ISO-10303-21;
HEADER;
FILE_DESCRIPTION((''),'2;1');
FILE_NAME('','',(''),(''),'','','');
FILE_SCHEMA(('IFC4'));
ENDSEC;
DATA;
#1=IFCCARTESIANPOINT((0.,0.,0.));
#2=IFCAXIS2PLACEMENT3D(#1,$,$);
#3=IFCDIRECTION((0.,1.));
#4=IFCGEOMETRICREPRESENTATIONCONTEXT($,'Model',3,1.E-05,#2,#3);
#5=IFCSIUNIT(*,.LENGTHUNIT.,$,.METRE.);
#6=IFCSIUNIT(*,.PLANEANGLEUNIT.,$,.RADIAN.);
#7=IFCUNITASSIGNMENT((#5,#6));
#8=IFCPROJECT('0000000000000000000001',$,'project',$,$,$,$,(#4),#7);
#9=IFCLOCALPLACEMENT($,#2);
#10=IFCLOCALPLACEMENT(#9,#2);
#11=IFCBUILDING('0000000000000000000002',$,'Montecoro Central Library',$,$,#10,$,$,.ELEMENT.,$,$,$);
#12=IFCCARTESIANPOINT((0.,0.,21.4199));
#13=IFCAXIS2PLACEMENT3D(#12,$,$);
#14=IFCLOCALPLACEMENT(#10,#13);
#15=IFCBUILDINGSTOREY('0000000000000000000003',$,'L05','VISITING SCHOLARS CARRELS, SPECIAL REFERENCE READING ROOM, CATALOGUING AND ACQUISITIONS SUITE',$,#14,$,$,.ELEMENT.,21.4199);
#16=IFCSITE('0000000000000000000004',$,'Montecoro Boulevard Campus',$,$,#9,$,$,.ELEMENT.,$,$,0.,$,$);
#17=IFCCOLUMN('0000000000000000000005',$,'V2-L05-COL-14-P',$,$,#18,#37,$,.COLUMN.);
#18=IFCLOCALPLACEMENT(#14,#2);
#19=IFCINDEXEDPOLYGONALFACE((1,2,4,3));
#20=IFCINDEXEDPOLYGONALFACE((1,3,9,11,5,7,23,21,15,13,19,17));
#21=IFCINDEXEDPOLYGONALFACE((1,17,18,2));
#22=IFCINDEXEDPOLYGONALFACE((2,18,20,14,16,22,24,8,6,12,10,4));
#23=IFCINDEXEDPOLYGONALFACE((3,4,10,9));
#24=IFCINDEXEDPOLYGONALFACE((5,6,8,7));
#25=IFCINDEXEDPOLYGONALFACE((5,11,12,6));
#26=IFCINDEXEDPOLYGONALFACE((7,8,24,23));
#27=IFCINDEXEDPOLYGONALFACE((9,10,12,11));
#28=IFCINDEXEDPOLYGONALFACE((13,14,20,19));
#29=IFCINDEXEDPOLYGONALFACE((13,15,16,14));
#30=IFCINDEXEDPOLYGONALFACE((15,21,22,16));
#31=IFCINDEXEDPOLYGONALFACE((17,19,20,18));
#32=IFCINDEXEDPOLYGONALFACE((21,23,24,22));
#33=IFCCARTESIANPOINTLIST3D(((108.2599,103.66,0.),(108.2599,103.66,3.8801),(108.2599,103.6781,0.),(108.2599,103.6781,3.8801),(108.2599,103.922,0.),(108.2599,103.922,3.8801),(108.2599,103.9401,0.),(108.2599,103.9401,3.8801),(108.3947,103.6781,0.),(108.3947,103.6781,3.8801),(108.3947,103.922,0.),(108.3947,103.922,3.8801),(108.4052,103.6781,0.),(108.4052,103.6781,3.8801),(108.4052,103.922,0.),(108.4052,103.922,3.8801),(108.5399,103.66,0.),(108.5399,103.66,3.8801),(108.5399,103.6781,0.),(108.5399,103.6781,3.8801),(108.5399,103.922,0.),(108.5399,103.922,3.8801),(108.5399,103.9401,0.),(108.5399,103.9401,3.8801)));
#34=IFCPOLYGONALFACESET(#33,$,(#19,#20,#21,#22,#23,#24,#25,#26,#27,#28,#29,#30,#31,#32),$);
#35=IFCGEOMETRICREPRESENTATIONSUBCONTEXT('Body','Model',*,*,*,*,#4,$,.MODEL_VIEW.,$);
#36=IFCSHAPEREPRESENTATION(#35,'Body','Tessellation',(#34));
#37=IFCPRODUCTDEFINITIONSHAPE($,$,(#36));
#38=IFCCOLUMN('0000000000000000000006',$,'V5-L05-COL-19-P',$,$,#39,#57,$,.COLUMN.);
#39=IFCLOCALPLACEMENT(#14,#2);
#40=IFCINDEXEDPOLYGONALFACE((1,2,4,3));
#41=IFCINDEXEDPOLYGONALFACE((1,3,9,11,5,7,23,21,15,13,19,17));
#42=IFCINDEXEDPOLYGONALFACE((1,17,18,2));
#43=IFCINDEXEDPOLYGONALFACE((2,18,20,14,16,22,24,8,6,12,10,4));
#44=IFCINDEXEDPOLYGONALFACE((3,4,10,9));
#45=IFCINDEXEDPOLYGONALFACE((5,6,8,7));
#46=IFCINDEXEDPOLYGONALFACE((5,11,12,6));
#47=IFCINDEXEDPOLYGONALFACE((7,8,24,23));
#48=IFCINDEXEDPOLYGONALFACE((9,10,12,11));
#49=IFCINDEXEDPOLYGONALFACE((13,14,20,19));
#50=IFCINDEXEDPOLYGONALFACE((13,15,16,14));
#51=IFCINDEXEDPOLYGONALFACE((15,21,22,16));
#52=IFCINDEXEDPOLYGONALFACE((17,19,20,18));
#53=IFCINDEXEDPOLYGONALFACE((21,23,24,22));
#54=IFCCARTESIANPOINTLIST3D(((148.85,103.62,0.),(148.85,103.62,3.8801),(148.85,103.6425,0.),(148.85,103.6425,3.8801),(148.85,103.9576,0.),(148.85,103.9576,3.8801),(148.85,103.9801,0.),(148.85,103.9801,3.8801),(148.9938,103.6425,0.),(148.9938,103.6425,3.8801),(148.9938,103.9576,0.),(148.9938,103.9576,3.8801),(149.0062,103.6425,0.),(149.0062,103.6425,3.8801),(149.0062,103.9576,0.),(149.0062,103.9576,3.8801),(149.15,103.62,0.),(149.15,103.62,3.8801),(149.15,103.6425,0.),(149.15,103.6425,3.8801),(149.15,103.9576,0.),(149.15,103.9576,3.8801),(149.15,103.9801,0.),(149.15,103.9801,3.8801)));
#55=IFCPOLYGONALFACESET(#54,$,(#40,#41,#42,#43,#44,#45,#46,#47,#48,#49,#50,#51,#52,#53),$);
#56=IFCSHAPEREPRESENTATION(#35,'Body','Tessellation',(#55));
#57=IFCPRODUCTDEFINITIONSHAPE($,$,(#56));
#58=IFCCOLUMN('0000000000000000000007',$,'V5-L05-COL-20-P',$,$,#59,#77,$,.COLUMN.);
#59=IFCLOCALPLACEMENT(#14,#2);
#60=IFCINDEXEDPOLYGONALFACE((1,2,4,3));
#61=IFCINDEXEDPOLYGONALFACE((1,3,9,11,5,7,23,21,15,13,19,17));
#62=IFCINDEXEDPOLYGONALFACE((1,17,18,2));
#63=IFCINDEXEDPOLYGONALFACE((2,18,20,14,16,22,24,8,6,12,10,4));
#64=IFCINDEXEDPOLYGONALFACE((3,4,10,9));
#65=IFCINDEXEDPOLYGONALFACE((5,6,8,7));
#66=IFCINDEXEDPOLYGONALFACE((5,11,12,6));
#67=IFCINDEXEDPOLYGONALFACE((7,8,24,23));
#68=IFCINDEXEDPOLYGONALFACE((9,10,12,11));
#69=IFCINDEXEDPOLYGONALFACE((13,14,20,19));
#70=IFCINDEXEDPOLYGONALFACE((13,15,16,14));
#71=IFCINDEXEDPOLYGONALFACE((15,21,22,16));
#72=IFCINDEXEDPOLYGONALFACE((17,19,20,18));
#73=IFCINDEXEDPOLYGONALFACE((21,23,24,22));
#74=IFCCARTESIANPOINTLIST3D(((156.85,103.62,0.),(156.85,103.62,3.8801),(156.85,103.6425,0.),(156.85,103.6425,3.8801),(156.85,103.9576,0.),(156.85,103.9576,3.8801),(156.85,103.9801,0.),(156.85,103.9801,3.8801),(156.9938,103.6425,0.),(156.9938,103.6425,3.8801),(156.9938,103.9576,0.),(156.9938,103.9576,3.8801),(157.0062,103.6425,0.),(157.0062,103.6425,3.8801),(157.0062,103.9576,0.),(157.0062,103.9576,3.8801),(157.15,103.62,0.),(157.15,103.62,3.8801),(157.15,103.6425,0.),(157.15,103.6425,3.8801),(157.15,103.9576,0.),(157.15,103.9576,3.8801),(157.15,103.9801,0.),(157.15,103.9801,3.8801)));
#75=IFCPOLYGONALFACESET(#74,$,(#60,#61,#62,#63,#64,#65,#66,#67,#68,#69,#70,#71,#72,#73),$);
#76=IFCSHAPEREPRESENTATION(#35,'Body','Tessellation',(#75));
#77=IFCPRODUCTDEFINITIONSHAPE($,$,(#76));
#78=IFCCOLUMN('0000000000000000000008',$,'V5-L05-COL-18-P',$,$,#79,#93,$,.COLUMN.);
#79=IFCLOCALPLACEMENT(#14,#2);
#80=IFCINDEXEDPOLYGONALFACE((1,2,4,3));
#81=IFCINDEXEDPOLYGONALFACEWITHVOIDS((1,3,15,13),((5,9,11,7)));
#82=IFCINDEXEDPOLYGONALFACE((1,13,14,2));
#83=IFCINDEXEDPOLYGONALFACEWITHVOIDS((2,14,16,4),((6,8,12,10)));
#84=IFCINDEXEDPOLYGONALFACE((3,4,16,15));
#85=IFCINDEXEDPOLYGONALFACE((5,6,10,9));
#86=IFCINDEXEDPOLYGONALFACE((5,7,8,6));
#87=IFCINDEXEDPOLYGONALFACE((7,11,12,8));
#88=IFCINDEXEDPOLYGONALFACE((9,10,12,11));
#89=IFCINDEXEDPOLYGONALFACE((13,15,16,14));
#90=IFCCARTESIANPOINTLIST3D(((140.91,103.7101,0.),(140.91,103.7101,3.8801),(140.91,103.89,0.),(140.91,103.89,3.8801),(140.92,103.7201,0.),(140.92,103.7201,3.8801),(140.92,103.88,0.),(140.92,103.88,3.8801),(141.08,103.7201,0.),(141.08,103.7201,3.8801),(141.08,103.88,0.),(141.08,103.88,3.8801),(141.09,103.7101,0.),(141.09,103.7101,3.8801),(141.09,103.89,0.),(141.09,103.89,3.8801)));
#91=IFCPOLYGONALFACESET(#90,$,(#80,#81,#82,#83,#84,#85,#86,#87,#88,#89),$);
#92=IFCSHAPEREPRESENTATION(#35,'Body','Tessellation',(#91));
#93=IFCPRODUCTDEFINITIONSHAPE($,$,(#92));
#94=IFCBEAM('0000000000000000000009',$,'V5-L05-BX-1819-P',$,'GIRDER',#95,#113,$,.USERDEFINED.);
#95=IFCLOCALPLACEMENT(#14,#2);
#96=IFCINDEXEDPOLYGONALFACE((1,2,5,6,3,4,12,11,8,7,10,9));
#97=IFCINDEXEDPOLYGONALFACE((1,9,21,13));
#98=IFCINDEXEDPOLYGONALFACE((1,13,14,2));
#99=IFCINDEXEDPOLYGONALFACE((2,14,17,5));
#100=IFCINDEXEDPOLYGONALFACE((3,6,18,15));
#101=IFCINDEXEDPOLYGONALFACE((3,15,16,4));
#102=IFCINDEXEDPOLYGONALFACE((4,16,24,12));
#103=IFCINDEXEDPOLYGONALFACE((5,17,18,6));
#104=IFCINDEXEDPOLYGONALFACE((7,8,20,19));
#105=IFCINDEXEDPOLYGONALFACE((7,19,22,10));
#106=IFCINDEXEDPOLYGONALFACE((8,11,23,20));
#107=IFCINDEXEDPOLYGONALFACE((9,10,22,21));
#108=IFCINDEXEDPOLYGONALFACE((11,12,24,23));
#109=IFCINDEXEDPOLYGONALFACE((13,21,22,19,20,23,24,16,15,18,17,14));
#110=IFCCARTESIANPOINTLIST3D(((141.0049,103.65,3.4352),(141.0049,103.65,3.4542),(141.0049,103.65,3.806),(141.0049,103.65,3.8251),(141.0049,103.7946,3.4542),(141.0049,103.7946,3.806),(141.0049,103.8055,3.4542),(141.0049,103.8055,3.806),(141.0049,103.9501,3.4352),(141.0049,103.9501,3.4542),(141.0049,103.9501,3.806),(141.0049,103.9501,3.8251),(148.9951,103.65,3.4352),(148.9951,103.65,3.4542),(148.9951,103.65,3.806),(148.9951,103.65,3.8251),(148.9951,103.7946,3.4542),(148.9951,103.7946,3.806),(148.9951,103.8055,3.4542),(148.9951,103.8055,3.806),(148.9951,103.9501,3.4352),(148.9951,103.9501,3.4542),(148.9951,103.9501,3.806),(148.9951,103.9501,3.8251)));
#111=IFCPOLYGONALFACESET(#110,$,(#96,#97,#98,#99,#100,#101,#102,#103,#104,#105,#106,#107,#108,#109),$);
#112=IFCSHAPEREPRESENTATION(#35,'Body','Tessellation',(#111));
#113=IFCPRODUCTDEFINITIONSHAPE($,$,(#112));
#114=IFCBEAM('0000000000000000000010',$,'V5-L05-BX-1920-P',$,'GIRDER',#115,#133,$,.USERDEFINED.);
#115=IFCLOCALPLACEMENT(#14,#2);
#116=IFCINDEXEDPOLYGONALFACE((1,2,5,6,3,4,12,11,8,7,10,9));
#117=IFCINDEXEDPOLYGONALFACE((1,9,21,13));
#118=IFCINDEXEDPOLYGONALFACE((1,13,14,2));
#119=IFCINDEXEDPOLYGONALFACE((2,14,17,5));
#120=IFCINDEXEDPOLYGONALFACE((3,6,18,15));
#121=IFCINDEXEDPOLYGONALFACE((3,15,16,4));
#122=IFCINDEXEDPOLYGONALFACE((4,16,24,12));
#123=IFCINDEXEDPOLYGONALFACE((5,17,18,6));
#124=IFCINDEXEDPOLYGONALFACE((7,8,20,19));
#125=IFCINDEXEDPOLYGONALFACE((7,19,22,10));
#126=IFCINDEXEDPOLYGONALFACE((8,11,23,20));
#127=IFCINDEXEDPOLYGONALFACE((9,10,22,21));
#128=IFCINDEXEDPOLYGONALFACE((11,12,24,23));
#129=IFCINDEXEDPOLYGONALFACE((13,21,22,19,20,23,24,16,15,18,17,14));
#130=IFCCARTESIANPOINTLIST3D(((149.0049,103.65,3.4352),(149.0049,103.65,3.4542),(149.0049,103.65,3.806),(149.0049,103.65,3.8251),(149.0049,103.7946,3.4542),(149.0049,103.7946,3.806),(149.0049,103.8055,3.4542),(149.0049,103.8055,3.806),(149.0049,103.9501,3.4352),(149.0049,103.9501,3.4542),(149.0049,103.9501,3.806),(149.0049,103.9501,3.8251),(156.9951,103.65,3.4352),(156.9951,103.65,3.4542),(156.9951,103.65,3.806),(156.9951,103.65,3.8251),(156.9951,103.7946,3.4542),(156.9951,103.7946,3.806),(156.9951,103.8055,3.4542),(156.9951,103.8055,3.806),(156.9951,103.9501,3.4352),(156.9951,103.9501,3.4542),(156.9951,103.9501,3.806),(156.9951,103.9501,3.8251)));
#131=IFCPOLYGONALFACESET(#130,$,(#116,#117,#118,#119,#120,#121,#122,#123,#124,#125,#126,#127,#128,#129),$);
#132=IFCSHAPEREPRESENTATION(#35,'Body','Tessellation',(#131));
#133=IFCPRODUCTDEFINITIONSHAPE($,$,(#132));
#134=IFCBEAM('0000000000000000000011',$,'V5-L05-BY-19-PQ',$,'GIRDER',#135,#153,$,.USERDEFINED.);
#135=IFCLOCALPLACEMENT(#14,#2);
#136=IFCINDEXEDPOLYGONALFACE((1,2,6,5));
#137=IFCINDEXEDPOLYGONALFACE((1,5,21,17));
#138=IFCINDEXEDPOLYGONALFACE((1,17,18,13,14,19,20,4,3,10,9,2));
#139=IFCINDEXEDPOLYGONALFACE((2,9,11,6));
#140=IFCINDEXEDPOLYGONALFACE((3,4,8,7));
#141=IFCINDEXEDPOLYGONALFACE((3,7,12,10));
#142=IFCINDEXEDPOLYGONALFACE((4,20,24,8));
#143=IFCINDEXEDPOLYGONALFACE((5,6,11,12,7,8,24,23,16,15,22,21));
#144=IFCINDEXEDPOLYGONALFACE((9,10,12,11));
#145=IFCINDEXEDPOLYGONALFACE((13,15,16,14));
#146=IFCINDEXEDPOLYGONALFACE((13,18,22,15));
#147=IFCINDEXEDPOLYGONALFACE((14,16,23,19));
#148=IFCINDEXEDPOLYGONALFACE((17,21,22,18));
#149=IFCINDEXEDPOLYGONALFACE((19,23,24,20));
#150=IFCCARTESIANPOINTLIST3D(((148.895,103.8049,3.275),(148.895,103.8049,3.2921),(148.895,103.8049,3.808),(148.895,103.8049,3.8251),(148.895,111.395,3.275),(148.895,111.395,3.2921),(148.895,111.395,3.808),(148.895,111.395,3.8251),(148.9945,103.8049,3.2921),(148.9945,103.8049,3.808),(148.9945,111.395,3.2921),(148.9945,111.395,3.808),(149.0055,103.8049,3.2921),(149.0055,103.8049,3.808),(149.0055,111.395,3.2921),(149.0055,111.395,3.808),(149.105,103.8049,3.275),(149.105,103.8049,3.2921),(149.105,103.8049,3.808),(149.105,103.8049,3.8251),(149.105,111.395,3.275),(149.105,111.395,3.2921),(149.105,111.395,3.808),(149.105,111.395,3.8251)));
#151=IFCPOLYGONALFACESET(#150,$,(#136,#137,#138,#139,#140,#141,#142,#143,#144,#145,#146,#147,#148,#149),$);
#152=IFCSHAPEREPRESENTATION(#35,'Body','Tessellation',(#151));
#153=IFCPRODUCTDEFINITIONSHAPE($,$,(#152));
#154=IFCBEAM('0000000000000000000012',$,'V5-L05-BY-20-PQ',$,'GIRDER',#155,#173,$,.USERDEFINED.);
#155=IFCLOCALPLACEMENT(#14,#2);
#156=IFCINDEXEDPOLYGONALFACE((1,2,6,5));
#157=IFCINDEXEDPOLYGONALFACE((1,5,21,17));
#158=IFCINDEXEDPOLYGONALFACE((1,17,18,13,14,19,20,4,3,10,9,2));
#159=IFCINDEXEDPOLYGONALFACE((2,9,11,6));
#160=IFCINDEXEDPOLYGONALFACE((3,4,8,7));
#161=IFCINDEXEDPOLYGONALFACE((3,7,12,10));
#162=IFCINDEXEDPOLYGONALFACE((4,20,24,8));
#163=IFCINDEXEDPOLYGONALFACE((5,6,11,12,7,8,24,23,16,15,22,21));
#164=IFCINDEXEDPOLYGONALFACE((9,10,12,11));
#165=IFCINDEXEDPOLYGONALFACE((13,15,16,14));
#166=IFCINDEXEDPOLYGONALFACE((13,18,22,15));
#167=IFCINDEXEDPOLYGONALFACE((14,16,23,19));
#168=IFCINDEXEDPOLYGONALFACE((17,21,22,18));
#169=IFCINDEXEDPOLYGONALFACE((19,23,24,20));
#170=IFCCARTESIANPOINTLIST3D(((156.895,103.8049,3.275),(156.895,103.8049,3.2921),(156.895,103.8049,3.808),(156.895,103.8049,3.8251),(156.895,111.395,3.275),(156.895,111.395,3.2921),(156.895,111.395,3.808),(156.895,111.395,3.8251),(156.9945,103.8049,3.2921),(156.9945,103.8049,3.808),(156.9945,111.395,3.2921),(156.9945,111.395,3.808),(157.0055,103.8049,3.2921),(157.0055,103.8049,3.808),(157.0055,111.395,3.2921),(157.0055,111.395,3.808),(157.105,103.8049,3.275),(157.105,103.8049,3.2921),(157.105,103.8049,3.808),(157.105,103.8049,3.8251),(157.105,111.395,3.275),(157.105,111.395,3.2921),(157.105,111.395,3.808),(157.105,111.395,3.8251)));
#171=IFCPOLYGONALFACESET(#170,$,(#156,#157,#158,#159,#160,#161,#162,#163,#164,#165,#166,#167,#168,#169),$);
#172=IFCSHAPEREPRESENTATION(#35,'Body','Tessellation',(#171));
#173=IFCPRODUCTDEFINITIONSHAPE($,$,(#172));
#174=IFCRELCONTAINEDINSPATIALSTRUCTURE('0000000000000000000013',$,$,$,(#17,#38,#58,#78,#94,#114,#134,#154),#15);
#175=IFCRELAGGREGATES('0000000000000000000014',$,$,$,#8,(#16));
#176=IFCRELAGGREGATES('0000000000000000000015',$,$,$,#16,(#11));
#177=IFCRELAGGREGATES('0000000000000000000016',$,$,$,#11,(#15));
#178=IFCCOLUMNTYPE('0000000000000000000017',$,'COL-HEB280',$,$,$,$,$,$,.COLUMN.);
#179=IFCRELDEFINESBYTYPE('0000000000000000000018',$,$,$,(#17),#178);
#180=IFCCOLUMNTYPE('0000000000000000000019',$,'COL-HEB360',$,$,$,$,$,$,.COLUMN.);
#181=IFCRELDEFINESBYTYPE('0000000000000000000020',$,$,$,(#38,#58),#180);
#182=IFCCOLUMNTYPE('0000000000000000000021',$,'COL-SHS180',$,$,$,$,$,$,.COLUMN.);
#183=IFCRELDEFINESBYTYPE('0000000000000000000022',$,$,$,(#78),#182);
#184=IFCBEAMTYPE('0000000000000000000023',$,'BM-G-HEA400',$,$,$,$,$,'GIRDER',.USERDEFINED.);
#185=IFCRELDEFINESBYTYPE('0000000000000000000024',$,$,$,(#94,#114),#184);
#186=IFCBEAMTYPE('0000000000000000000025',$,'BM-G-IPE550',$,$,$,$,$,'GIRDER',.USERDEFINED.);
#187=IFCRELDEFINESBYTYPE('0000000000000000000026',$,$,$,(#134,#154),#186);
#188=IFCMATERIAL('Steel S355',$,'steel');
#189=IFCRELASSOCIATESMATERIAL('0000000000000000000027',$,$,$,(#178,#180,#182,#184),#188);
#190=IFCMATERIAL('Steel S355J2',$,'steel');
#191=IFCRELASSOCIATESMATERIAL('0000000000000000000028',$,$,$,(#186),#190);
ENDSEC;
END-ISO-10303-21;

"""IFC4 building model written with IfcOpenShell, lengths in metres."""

from ifc_helpers import new_model, si_unit, direction, frame, origin, origin_2d, place, context, subcontext, project, spatial, hollow_rectangle, i_section, extrude, material, material_profile, profile_set, type_object, element, save


model = new_model("IFC4")

# Units and contexts
model_context = context("Model", 3, precision=1e-05, world=origin(), true_north=direction((0.0, 1.0)))
body_context = subcontext(model_context, "Body", "Model", "MODEL_VIEW")
ifc_project = project(units=[si_unit("LENGTHUNIT", "METRE"), si_unit("PLANEANGLEUNIT", "RADIAN")], contexts=[model_context])

# Site, building, storey
site_placement = place(None, origin())
site = spatial("IfcSite", under=ifc_project, at=site_placement, Name="Montecoro Boulevard Campus", CompositionType="ELEMENT", RefElevation=0.0)
building_placement = place(site_placement, origin())
building = spatial("IfcBuilding", under=site, at=building_placement, Name="Montecoro Central Library", CompositionType="ELEMENT")
storey_placement = place(building_placement, frame((0.0, 0.0, 21.4199)))
storey = spatial("IfcBuildingStorey", under=building, at=storey_placement, Name="L05", Description="VISITING SCHOLARS CARRELS, SPECIAL REFERENCE READING ROOM, CATALOGUING AND ACQUISITIONS SUITE", CompositionType="ELEMENT", Elevation=21.4199)

# Columns
ifc_material_1 = material(Name="Steel S355", Category="steel")
ifc_material_profile_1 = material_profile(ifc_material_1, i_section(OverallWidth=0.28, OverallDepth=0.28, WebThickness=0.0105, FlangeThickness=0.0181, at=origin_2d()), Name="HEB 280")
ifc_profile_set_1 = profile_set([ifc_material_profile_1], Name="Steel S355")
column_type_1 = type_object("IfcColumnType", Name="COL-HEB280", PredefinedType="COLUMN", material=ifc_profile_set_1)
column_1_placement = place(storey_placement, frame((108.3999, 103.8, 0.0), z_axis=(0.0, 0.0, 1.0), x_axis=(1.0, 0.0, 0.0)))
element("IfcColumn", 1, at=column_1_placement, inside=storey, type_object=column_type_1, Name="V2-L05-COL-14-P", PredefinedType="COLUMN", context=body_context, shape_type="SweptSolid", body=[
    extrude(i_section(OverallWidth=0.28, OverallDepth=0.28, WebThickness=0.0105, FlangeThickness=0.0181, at=origin_2d()), origin(), (0.0, 0.0, 1.0), 3.8801),
])
ifc_material_profile_2 = material_profile(ifc_material_1, i_section(OverallWidth=0.3, OverallDepth=0.3601, WebThickness=0.0125, FlangeThickness=0.0225, at=origin_2d()), Name="HEB 360")
ifc_profile_set_2 = profile_set([ifc_material_profile_2], Name="Steel S355")
column_type_2 = type_object("IfcColumnType", Name="COL-HEB360", PredefinedType="COLUMN", material=ifc_profile_set_2)
for number, where, z_axis, x_axis, name in (
    (2, (149.0, 103.8, 0.0), (0.0, 0.0, 1.0), (1.0, 0.0, 0.0), "V5-L05-COL-19-P"),
    (3, (157.0, 103.8, 0.0), (0.0, 0.0, 1.0), (1.0, 0.0, 0.0), "V5-L05-COL-20-P"),
):
    element("IfcColumn", number, at=place(storey_placement, frame(where, z_axis=z_axis, x_axis=x_axis)), inside=storey, type_object=column_type_2, Name=name, PredefinedType="COLUMN", context=body_context, shape_type="SweptSolid", body=[
        extrude(i_section(OverallWidth=0.3, OverallDepth=0.3601, WebThickness=0.0125, FlangeThickness=0.0225, at=origin_2d()), origin(), (0.0, 0.0, 1.0), 3.8801),
    ])
ifc_material_profile_3 = material_profile(ifc_material_1, hollow_rectangle(XDim=0.1799, YDim=0.1799, WallThickness=0.01, at=origin_2d()), Name="SHS 180x180x10.0")
ifc_profile_set_3 = profile_set([ifc_material_profile_3], Name="Steel S355")
column_type_3 = type_object("IfcColumnType", Name="COL-SHS180", PredefinedType="COLUMN", material=ifc_profile_set_3)
column_2_placement = place(storey_placement, frame((141.0, 103.8, 0.0), z_axis=(0.0, 0.0, 1.0), x_axis=(1.0, 0.0, 0.0)))
element("IfcColumn", 4, at=column_2_placement, inside=storey, type_object=column_type_3, Name="V5-L05-COL-18-P", PredefinedType="COLUMN", context=body_context, shape_type="SweptSolid", body=[
    extrude(hollow_rectangle(XDim=0.1799, YDim=0.1799, WallThickness=0.01, at=origin_2d()), origin(), (0.0, 0.0, 1.0), 3.8801),
])

# Beams
ifc_material_profile_4 = material_profile(ifc_material_1, i_section(OverallWidth=0.3, OverallDepth=0.3899, WebThickness=0.011, FlangeThickness=0.019, at=origin_2d()), Name="HEA 400")
ifc_profile_set_4 = profile_set([ifc_material_profile_4], Name="Steel S355")
beam_type_1 = type_object("IfcBeamType", Name="BM-G-HEA400", ElementType="GIRDER", PredefinedType="USERDEFINED", material=ifc_profile_set_4)
for number, where, z_axis, x_axis, name in (
    (5, (141.0049, 103.8, 3.6301), (1.0, 0.0, 0.0), (0.0, 1.0, 0.0), "V5-L05-BX-1819-P"),
    (6, (149.0049, 103.8, 3.6301), (1.0, 0.0, 0.0), (0.0, 1.0, 0.0), "V5-L05-BX-1920-P"),
):
    element("IfcBeam", number, at=place(storey_placement, frame(where, z_axis=z_axis, x_axis=x_axis)), inside=storey, type_object=beam_type_1, Name=name, ObjectType="GIRDER", PredefinedType="USERDEFINED", context=body_context, shape_type="SweptSolid", body=[
        extrude(i_section(OverallWidth=0.3, OverallDepth=0.3899, WebThickness=0.011, FlangeThickness=0.019, at=origin_2d()), origin(), (0.0, 0.0, 1.0), 7.9902),
    ])
ifc_material_2 = material(Name="Steel S355J2", Category="steel")
ifc_material_profile_5 = material_profile(ifc_material_2, i_section(OverallWidth=0.21, OverallDepth=0.55, WebThickness=0.011, FlangeThickness=0.0171, at=origin_2d()), Name="IPE 550")
ifc_profile_set_5 = profile_set([ifc_material_profile_5], Name="Steel S355J2")
beam_type_2 = type_object("IfcBeamType", Name="BM-G-IPE550", ElementType="GIRDER", PredefinedType="USERDEFINED", material=ifc_profile_set_5)
for number, where, z_axis, x_axis, name in (
    (7, (149.0, 103.8049, 3.55), (0.0, 1.0, 0.0), (-1.0, 0.0, 0.0), "V5-L05-BY-19-PQ"),
    (8, (157.0, 103.8049, 3.55), (0.0, 1.0, 0.0), (-1.0, 0.0, 0.0), "V5-L05-BY-20-PQ"),
):
    element("IfcBeam", number, at=place(storey_placement, frame(where, z_axis=z_axis, x_axis=x_axis)), inside=storey, type_object=beam_type_2, Name=name, ObjectType="GIRDER", PredefinedType="USERDEFINED", context=body_context, shape_type="SweptSolid", body=[
        extrude(i_section(OverallWidth=0.21, OverallDepth=0.55, WebThickness=0.011, FlangeThickness=0.0171, at=origin_2d()), origin(), (0.0, 0.0, 1.0), 7.5901),
    ])

save(model, "model.ifc")
